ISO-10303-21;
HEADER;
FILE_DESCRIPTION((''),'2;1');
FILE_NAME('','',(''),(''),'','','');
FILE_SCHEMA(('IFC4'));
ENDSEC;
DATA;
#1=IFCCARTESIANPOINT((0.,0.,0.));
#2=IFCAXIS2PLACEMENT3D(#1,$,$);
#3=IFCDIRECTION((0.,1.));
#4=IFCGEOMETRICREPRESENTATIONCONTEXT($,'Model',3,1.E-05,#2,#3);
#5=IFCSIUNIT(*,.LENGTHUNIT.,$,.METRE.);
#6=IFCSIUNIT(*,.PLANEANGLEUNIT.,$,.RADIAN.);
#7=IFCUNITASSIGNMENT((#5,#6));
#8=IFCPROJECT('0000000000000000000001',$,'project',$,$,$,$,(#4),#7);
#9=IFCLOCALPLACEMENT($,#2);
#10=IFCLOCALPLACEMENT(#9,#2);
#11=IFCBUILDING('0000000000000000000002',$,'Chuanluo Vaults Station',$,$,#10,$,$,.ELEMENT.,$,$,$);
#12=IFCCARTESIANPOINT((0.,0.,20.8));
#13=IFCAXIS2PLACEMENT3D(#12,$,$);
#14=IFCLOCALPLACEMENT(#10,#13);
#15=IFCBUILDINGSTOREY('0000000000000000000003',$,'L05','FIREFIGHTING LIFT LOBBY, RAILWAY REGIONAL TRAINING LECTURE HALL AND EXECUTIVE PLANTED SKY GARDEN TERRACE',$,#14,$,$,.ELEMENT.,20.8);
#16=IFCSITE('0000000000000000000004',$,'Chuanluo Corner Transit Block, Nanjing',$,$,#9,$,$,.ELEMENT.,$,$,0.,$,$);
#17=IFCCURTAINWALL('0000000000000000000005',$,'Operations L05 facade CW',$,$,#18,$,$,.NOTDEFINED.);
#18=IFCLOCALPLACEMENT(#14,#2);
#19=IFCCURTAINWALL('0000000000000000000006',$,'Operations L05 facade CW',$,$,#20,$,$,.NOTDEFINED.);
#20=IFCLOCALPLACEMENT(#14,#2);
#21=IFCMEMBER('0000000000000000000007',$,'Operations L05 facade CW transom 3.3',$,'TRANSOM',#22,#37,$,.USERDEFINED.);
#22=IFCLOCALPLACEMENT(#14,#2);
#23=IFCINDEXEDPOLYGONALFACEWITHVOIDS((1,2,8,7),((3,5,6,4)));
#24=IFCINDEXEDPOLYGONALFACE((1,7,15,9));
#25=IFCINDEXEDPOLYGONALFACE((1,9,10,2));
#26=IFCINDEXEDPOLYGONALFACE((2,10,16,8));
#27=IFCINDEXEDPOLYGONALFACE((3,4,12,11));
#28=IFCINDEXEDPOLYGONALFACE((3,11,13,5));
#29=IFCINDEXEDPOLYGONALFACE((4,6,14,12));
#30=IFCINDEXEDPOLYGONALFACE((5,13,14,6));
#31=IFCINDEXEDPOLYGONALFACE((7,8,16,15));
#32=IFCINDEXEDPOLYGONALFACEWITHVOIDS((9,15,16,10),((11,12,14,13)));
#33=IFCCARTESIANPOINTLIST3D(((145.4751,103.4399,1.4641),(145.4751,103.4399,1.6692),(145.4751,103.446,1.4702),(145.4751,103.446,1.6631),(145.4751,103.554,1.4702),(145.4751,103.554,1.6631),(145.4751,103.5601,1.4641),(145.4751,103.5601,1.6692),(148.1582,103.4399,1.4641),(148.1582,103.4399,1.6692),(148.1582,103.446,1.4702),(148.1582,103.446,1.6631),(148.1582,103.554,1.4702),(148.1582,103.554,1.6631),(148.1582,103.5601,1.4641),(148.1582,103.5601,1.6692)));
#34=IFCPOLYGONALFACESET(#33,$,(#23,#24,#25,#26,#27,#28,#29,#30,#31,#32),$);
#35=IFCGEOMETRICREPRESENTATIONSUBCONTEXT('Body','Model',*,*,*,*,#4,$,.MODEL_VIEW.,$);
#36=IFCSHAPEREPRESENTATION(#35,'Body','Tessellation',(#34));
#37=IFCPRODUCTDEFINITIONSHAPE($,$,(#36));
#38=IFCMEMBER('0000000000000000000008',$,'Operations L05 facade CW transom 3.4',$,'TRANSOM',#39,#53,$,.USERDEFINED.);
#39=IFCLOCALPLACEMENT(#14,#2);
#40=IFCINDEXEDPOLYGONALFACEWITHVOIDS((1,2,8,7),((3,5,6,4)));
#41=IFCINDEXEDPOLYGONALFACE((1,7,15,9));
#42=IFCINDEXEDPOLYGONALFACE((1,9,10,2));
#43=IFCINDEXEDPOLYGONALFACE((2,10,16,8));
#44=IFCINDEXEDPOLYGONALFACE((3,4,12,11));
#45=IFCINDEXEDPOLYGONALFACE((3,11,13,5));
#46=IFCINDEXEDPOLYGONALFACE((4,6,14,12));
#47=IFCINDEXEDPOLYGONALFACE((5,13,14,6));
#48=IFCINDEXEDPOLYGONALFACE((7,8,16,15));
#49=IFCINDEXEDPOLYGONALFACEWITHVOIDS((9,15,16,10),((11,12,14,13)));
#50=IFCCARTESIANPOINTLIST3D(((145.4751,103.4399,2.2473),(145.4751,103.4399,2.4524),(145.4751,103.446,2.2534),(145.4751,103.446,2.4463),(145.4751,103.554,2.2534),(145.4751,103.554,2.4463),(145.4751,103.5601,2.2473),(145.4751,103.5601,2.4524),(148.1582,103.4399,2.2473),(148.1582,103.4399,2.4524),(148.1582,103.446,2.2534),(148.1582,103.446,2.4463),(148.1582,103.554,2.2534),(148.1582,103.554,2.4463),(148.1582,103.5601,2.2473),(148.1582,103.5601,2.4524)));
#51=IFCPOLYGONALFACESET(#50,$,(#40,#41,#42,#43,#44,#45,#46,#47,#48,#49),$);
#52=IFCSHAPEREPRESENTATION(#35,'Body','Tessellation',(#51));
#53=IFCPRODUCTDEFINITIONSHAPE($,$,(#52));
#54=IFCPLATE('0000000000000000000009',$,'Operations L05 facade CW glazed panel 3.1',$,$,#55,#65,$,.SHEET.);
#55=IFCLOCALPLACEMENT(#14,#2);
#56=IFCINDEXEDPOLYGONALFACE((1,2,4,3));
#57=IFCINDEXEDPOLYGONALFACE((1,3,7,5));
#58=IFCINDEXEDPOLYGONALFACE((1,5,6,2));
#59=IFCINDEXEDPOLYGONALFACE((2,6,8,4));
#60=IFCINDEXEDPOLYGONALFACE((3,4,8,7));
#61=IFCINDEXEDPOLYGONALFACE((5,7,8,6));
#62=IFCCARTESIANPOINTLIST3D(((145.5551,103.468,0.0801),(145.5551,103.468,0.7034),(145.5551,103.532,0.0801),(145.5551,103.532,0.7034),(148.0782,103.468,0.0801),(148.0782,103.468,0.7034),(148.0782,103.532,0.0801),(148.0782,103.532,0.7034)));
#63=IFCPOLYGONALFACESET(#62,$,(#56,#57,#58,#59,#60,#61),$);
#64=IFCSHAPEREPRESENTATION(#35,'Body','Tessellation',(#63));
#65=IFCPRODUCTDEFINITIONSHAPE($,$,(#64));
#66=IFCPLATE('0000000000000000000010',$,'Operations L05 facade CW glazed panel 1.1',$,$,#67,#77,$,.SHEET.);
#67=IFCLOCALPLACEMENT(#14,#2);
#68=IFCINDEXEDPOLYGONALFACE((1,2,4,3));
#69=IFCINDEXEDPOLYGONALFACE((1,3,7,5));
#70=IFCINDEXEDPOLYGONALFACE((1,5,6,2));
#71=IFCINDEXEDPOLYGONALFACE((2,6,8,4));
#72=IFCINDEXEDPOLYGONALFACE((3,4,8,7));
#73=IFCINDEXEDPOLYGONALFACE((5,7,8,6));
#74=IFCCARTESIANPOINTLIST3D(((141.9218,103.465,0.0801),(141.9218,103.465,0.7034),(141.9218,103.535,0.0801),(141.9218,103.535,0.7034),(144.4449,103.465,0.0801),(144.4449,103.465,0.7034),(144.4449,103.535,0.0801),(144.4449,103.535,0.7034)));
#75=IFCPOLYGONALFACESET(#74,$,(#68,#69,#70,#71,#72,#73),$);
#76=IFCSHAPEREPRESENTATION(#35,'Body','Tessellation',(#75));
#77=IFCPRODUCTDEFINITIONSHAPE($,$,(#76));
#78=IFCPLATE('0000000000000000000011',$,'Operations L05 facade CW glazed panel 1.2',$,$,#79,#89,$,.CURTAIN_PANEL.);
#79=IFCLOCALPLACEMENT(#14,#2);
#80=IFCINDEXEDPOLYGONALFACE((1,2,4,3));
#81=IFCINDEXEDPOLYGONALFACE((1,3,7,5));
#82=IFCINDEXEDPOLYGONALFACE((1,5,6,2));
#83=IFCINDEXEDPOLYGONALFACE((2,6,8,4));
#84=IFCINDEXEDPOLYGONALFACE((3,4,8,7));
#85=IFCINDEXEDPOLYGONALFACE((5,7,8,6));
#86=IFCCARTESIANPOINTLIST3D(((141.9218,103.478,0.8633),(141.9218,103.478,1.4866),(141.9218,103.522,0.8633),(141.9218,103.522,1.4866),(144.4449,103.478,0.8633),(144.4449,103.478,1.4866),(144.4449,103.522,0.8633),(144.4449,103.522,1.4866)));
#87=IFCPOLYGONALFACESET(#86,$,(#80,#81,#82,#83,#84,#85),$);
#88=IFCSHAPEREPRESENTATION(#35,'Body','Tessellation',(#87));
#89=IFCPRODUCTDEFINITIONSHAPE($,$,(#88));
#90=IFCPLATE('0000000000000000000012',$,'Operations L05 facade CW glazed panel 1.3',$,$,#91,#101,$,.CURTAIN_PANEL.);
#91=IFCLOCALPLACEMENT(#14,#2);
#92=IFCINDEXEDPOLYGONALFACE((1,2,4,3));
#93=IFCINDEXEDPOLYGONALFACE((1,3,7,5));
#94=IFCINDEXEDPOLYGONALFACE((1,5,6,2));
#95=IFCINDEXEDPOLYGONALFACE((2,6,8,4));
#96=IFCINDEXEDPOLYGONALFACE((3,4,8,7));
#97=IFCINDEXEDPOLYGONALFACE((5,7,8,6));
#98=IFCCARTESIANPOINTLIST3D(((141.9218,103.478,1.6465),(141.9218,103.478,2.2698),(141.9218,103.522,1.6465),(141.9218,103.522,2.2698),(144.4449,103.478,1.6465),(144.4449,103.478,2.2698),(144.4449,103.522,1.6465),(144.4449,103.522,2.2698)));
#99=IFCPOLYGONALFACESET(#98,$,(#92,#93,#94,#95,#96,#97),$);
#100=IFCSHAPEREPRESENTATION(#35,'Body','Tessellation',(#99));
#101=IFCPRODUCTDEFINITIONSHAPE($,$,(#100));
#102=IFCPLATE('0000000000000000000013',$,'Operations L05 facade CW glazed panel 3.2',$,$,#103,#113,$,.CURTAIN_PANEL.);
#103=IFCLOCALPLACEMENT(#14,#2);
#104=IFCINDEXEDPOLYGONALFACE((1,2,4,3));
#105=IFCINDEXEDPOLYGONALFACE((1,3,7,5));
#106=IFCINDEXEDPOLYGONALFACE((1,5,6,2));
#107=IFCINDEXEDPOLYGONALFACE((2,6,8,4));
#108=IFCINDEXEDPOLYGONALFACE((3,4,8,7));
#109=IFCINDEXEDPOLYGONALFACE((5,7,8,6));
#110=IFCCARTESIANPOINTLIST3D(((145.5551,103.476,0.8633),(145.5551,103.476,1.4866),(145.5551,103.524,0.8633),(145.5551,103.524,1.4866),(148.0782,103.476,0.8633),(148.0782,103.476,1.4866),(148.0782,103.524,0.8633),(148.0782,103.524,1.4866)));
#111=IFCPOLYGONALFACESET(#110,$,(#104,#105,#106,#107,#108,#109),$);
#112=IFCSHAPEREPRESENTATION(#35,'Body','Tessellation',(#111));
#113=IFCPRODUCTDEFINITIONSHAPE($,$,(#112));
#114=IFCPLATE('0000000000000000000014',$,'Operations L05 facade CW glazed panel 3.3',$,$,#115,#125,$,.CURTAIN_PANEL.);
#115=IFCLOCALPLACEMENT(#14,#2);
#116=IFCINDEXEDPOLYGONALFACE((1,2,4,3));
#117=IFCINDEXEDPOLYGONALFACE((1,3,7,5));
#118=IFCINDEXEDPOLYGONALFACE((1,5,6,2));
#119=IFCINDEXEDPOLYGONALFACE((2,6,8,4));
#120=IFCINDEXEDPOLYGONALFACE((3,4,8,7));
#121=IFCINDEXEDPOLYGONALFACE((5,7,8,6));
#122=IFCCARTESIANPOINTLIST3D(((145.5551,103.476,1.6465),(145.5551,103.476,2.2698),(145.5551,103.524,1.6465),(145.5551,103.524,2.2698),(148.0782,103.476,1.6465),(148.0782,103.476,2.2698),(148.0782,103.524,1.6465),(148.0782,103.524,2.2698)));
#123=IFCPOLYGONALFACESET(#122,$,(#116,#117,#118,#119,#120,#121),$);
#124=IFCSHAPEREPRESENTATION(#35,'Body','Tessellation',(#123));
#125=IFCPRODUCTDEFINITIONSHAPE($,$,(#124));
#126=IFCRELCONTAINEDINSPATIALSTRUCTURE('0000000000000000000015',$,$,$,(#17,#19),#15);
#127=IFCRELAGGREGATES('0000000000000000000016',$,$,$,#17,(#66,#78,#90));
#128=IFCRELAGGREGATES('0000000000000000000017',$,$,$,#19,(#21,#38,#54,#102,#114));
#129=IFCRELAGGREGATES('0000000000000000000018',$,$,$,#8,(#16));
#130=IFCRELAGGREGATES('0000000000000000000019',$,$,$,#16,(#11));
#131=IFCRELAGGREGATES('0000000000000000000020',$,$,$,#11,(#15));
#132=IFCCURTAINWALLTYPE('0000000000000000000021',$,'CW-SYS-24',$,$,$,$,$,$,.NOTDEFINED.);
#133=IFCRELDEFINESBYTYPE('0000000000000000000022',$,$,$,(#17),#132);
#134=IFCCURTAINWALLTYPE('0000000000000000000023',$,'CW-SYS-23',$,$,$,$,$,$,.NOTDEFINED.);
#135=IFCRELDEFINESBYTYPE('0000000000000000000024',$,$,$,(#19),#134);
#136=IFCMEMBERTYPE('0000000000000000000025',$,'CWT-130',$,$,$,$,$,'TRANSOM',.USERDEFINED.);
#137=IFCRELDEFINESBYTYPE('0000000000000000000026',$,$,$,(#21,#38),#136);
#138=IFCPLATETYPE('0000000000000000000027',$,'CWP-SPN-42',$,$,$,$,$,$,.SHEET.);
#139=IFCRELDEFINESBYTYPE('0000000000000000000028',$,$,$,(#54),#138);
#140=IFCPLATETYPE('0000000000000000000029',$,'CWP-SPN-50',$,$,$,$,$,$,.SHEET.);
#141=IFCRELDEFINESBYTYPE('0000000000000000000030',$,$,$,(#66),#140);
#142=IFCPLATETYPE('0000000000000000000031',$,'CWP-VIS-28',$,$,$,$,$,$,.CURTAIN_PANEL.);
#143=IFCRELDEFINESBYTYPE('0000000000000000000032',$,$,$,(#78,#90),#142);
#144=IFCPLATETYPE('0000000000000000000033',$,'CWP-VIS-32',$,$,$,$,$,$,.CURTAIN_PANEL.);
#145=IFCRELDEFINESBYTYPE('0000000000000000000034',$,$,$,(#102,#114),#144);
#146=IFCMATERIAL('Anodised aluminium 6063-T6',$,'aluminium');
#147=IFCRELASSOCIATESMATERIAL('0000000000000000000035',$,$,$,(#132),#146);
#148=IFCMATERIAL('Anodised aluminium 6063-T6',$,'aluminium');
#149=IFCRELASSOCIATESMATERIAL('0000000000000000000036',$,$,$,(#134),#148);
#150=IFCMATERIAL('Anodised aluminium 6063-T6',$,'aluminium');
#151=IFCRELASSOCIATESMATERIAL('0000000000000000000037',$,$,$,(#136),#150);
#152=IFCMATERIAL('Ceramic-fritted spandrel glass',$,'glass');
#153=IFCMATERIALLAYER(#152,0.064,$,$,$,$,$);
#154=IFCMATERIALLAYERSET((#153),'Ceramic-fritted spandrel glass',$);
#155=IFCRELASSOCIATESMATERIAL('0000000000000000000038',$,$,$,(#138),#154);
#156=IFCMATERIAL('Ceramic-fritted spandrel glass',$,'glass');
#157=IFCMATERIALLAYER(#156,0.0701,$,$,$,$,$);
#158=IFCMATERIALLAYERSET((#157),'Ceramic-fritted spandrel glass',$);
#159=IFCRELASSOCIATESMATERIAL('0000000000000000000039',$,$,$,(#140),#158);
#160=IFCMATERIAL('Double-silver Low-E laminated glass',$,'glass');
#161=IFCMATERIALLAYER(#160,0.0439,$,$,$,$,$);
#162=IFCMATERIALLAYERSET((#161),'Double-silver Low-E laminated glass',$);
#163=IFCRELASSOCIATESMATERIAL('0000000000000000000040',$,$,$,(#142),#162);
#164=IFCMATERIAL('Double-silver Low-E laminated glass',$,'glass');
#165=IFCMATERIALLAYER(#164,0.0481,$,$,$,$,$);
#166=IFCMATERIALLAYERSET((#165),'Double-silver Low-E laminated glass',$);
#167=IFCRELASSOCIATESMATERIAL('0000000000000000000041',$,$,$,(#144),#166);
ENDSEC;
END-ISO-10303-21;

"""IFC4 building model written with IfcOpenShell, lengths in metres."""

from ifc_helpers import new_model, si_unit, direction, frame, origin, origin_2d, place, context, subcontext, project, spatial, rectangle, hollow_rectangle, extrude, material, layer, layer_set, material_profile, profile_set, type_object, element, aggregate, save


model = new_model("IFC4")

# Units and contexts
model_context = context("Model", 3, precision=1e-05, world=origin(), true_north=direction((0.0, 1.0)))
body_context = subcontext(model_context, "Body", "Model", "MODEL_VIEW")
ifc_project = project(units=[si_unit("LENGTHUNIT", "METRE"), si_unit("PLANEANGLEUNIT", "RADIAN")], contexts=[model_context])

# Site, building, storey
site_placement = place(None, origin())
site = spatial("IfcSite", under=ifc_project, at=site_placement, Name="Chuanluo Corner Transit Block, Nanjing", CompositionType="ELEMENT", RefElevation=0.0)
building_placement = place(site_placement, origin())
building = spatial("IfcBuilding", under=site, at=building_placement, Name="Chuanluo Vaults Station", CompositionType="ELEMENT")
storey_placement = place(building_placement, frame((0.0, 0.0, 20.8)))
storey = spatial("IfcBuildingStorey", under=building, at=storey_placement, Name="L05", Description="FIREFIGHTING LIFT LOBBY, RAILWAY REGIONAL TRAINING LECTURE HALL AND EXECUTIVE PLANTED SKY GARDEN TERRACE", CompositionType="ELEMENT", Elevation=20.8)

# Curtain wall
ifc_material_1 = material(Name="Anodised aluminium 6063-T6", Category="aluminium")
curtain_wall_type_1 = type_object("IfcCurtainWallType", Name="CW-SYS-24", PredefinedType="NOTDEFINED", material=ifc_material_1)
curtain_wall_1_placement = place(storey_placement, origin())
curtain_wall_1 = element("IfcCurtainWall", 1, at=curtain_wall_1_placement, inside=storey, type_object=curtain_wall_type_1, Name="Operations L05 facade CW", PredefinedType="NOTDEFINED")

# Curtain wall
ifc_material_2 = material(Name="Anodised aluminium 6063-T6", Category="aluminium")
curtain_wall_type_2 = type_object("IfcCurtainWallType", Name="CW-SYS-23", PredefinedType="NOTDEFINED", material=ifc_material_2)
curtain_wall_2_placement = place(storey_placement, origin())
curtain_wall_2 = element("IfcCurtainWall", 2, at=curtain_wall_2_placement, inside=storey, type_object=curtain_wall_type_2, Name="Operations L05 facade CW", PredefinedType="NOTDEFINED")

# Members
ifc_material_3 = material(Name="Anodised aluminium 6063-T6", Category="aluminium")
ifc_material_profile_1 = material_profile(ifc_material_3, hollow_rectangle(XDim=0.1201, YDim=0.2051, WallThickness=0.0061, at=origin_2d()))
ifc_profile_set_1 = profile_set([ifc_material_profile_1], Name="Anodised aluminium 6063-T6")
member_type_1 = type_object("IfcMemberType", Name="CWT-130", ElementType="TRANSOM", PredefinedType="USERDEFINED", material=ifc_profile_set_1)
member_1_placement = place(storey_placement, frame((148.1582, 103.5, 1.5667), z_axis=(-1.0, 0.0, 0.0), x_axis=(0.0, -1.0, 0.0)))
member_1 = element("IfcMember", 3, at=member_1_placement, type_object=member_type_1, Name="Operations L05 facade CW transom 3.3", ObjectType="TRANSOM", PredefinedType="USERDEFINED", context=body_context, shape_type="SweptSolid", body=[
    extrude(hollow_rectangle(XDim=0.1201, YDim=0.2051, WallThickness=0.0061, at=origin_2d()), origin(), (0.0, 0.0, 1.0), 2.6831),
])
member_2_placement = place(storey_placement, frame((148.1582, 103.5, 2.3499), z_axis=(-1.0, 0.0, 0.0), x_axis=(0.0, -1.0, 0.0)))
member_2 = element("IfcMember", 4, at=member_2_placement, type_object=member_type_1, Name="Operations L05 facade CW transom 3.4", ObjectType="TRANSOM", PredefinedType="USERDEFINED", context=body_context, shape_type="SweptSolid", body=[
    extrude(hollow_rectangle(XDim=0.1201, YDim=0.2051, WallThickness=0.0061, at=origin_2d()), origin(), (0.0, 0.0, 1.0), 2.6831),
])

# Plates
ifc_material_4 = material(Name="Ceramic-fritted spandrel glass", Category="glass")
ifc_layer_1 = layer(ifc_material_4, 0.064)
ifc_layer_set_1 = layer_set([ifc_layer_1], Name="Ceramic-fritted spandrel glass")
plate_type_1 = type_object("IfcPlateType", Name="CWP-SPN-42", PredefinedType="SHEET", material=ifc_layer_set_1)
plate_1_placement = place(storey_placement, frame((146.8167, 103.5, 0.0801), z_axis=(0.0, 0.0, 1.0), x_axis=(-1.0, 0.0, 0.0)))
plate_1 = element("IfcPlate", 5, at=plate_1_placement, type_object=plate_type_1, Name="Operations L05 facade CW glazed panel 3.1", PredefinedType="SHEET", context=body_context, shape_type="SweptSolid", body=[
    extrude(rectangle(XDim=2.5232, YDim=0.064, at=origin_2d()), origin(), (0.0, 0.0, 1.0), 0.6233),
])
ifc_material_5 = material(Name="Ceramic-fritted spandrel glass", Category="glass")
ifc_layer_2 = layer(ifc_material_5, 0.0701)
ifc_layer_set_2 = layer_set([ifc_layer_2], Name="Ceramic-fritted spandrel glass")
plate_type_2 = type_object("IfcPlateType", Name="CWP-SPN-50", PredefinedType="SHEET", material=ifc_layer_set_2)
plate_2_placement = place(storey_placement, frame((143.1833, 103.5, 0.0801), z_axis=(0.0, 0.0, 1.0), x_axis=(-1.0, 0.0, 0.0)))
plate_2 = element("IfcPlate", 6, at=plate_2_placement, type_object=plate_type_2, Name="Operations L05 facade CW glazed panel 1.1", PredefinedType="SHEET", context=body_context, shape_type="SweptSolid", body=[
    extrude(rectangle(XDim=2.5232, YDim=0.0701, at=origin_2d()), origin(), (0.0, 0.0, 1.0), 0.6233),
])
ifc_material_6 = material(Name="Double-silver Low-E laminated glass", Category="glass")
ifc_layer_3 = layer(ifc_material_6, 0.0439)
ifc_layer_set_3 = layer_set([ifc_layer_3], Name="Double-silver Low-E laminated glass")
plate_type_3 = type_object("IfcPlateType", Name="CWP-VIS-28", PredefinedType="CURTAIN_PANEL", material=ifc_layer_set_3)
plate_3_placement = place(storey_placement, frame((143.1833, 103.5, 0.8633), z_axis=(0.0, 0.0, 1.0), x_axis=(-1.0, 0.0, 0.0)))
plate_3 = element("IfcPlate", 7, at=plate_3_placement, type_object=plate_type_3, Name="Operations L05 facade CW glazed panel 1.2", PredefinedType="CURTAIN_PANEL", context=body_context, shape_type="SweptSolid", body=[
    extrude(rectangle(XDim=2.5232, YDim=0.0439, at=origin_2d()), origin(), (0.0, 0.0, 1.0), 0.6233),
])
plate_4_placement = place(storey_placement, frame((143.1833, 103.5, 1.6465), z_axis=(0.0, 0.0, 1.0), x_axis=(-1.0, 0.0, 0.0)))
plate_4 = element("IfcPlate", 8, at=plate_4_placement, type_object=plate_type_3, Name="Operations L05 facade CW glazed panel 1.3", PredefinedType="CURTAIN_PANEL", context=body_context, shape_type="SweptSolid", body=[
    extrude(rectangle(XDim=2.5232, YDim=0.0439, at=origin_2d()), origin(), (0.0, 0.0, 1.0), 0.6233),
])
aggregate(curtain_wall_1, [plate_2, plate_3, plate_4])
ifc_material_7 = material(Name="Double-silver Low-E laminated glass", Category="glass")
ifc_layer_4 = layer(ifc_material_7, 0.0481)
ifc_layer_set_4 = layer_set([ifc_layer_4], Name="Double-silver Low-E laminated glass")
plate_type_4 = type_object("IfcPlateType", Name="CWP-VIS-32", PredefinedType="CURTAIN_PANEL", material=ifc_layer_set_4)
plate_5_placement = place(storey_placement, frame((146.8167, 103.5, 0.8633), z_axis=(0.0, 0.0, 1.0), x_axis=(-1.0, 0.0, 0.0)))
plate_5 = element("IfcPlate", 9, at=plate_5_placement, type_object=plate_type_4, Name="Operations L05 facade CW glazed panel 3.2", PredefinedType="CURTAIN_PANEL", context=body_context, shape_type="SweptSolid", body=[
    extrude(rectangle(XDim=2.5232, YDim=0.0481, at=origin_2d()), origin(), (0.0, 0.0, 1.0), 0.6233),
])
plate_6_placement = place(storey_placement, frame((146.8167, 103.5, 1.6465), z_axis=(0.0, 0.0, 1.0), x_axis=(-1.0, 0.0, 0.0)))
plate_6 = element("IfcPlate", 10, at=plate_6_placement, type_object=plate_type_4, Name="Operations L05 facade CW glazed panel 3.3", PredefinedType="CURTAIN_PANEL", context=body_context, shape_type="SweptSolid", body=[
    extrude(rectangle(XDim=2.5232, YDim=0.0481, at=origin_2d()), origin(), (0.0, 0.0, 1.0), 0.6233),
])
aggregate(curtain_wall_2, [member_1, member_2, plate_1, plate_5, plate_6])

save(model, "model.ifc")
